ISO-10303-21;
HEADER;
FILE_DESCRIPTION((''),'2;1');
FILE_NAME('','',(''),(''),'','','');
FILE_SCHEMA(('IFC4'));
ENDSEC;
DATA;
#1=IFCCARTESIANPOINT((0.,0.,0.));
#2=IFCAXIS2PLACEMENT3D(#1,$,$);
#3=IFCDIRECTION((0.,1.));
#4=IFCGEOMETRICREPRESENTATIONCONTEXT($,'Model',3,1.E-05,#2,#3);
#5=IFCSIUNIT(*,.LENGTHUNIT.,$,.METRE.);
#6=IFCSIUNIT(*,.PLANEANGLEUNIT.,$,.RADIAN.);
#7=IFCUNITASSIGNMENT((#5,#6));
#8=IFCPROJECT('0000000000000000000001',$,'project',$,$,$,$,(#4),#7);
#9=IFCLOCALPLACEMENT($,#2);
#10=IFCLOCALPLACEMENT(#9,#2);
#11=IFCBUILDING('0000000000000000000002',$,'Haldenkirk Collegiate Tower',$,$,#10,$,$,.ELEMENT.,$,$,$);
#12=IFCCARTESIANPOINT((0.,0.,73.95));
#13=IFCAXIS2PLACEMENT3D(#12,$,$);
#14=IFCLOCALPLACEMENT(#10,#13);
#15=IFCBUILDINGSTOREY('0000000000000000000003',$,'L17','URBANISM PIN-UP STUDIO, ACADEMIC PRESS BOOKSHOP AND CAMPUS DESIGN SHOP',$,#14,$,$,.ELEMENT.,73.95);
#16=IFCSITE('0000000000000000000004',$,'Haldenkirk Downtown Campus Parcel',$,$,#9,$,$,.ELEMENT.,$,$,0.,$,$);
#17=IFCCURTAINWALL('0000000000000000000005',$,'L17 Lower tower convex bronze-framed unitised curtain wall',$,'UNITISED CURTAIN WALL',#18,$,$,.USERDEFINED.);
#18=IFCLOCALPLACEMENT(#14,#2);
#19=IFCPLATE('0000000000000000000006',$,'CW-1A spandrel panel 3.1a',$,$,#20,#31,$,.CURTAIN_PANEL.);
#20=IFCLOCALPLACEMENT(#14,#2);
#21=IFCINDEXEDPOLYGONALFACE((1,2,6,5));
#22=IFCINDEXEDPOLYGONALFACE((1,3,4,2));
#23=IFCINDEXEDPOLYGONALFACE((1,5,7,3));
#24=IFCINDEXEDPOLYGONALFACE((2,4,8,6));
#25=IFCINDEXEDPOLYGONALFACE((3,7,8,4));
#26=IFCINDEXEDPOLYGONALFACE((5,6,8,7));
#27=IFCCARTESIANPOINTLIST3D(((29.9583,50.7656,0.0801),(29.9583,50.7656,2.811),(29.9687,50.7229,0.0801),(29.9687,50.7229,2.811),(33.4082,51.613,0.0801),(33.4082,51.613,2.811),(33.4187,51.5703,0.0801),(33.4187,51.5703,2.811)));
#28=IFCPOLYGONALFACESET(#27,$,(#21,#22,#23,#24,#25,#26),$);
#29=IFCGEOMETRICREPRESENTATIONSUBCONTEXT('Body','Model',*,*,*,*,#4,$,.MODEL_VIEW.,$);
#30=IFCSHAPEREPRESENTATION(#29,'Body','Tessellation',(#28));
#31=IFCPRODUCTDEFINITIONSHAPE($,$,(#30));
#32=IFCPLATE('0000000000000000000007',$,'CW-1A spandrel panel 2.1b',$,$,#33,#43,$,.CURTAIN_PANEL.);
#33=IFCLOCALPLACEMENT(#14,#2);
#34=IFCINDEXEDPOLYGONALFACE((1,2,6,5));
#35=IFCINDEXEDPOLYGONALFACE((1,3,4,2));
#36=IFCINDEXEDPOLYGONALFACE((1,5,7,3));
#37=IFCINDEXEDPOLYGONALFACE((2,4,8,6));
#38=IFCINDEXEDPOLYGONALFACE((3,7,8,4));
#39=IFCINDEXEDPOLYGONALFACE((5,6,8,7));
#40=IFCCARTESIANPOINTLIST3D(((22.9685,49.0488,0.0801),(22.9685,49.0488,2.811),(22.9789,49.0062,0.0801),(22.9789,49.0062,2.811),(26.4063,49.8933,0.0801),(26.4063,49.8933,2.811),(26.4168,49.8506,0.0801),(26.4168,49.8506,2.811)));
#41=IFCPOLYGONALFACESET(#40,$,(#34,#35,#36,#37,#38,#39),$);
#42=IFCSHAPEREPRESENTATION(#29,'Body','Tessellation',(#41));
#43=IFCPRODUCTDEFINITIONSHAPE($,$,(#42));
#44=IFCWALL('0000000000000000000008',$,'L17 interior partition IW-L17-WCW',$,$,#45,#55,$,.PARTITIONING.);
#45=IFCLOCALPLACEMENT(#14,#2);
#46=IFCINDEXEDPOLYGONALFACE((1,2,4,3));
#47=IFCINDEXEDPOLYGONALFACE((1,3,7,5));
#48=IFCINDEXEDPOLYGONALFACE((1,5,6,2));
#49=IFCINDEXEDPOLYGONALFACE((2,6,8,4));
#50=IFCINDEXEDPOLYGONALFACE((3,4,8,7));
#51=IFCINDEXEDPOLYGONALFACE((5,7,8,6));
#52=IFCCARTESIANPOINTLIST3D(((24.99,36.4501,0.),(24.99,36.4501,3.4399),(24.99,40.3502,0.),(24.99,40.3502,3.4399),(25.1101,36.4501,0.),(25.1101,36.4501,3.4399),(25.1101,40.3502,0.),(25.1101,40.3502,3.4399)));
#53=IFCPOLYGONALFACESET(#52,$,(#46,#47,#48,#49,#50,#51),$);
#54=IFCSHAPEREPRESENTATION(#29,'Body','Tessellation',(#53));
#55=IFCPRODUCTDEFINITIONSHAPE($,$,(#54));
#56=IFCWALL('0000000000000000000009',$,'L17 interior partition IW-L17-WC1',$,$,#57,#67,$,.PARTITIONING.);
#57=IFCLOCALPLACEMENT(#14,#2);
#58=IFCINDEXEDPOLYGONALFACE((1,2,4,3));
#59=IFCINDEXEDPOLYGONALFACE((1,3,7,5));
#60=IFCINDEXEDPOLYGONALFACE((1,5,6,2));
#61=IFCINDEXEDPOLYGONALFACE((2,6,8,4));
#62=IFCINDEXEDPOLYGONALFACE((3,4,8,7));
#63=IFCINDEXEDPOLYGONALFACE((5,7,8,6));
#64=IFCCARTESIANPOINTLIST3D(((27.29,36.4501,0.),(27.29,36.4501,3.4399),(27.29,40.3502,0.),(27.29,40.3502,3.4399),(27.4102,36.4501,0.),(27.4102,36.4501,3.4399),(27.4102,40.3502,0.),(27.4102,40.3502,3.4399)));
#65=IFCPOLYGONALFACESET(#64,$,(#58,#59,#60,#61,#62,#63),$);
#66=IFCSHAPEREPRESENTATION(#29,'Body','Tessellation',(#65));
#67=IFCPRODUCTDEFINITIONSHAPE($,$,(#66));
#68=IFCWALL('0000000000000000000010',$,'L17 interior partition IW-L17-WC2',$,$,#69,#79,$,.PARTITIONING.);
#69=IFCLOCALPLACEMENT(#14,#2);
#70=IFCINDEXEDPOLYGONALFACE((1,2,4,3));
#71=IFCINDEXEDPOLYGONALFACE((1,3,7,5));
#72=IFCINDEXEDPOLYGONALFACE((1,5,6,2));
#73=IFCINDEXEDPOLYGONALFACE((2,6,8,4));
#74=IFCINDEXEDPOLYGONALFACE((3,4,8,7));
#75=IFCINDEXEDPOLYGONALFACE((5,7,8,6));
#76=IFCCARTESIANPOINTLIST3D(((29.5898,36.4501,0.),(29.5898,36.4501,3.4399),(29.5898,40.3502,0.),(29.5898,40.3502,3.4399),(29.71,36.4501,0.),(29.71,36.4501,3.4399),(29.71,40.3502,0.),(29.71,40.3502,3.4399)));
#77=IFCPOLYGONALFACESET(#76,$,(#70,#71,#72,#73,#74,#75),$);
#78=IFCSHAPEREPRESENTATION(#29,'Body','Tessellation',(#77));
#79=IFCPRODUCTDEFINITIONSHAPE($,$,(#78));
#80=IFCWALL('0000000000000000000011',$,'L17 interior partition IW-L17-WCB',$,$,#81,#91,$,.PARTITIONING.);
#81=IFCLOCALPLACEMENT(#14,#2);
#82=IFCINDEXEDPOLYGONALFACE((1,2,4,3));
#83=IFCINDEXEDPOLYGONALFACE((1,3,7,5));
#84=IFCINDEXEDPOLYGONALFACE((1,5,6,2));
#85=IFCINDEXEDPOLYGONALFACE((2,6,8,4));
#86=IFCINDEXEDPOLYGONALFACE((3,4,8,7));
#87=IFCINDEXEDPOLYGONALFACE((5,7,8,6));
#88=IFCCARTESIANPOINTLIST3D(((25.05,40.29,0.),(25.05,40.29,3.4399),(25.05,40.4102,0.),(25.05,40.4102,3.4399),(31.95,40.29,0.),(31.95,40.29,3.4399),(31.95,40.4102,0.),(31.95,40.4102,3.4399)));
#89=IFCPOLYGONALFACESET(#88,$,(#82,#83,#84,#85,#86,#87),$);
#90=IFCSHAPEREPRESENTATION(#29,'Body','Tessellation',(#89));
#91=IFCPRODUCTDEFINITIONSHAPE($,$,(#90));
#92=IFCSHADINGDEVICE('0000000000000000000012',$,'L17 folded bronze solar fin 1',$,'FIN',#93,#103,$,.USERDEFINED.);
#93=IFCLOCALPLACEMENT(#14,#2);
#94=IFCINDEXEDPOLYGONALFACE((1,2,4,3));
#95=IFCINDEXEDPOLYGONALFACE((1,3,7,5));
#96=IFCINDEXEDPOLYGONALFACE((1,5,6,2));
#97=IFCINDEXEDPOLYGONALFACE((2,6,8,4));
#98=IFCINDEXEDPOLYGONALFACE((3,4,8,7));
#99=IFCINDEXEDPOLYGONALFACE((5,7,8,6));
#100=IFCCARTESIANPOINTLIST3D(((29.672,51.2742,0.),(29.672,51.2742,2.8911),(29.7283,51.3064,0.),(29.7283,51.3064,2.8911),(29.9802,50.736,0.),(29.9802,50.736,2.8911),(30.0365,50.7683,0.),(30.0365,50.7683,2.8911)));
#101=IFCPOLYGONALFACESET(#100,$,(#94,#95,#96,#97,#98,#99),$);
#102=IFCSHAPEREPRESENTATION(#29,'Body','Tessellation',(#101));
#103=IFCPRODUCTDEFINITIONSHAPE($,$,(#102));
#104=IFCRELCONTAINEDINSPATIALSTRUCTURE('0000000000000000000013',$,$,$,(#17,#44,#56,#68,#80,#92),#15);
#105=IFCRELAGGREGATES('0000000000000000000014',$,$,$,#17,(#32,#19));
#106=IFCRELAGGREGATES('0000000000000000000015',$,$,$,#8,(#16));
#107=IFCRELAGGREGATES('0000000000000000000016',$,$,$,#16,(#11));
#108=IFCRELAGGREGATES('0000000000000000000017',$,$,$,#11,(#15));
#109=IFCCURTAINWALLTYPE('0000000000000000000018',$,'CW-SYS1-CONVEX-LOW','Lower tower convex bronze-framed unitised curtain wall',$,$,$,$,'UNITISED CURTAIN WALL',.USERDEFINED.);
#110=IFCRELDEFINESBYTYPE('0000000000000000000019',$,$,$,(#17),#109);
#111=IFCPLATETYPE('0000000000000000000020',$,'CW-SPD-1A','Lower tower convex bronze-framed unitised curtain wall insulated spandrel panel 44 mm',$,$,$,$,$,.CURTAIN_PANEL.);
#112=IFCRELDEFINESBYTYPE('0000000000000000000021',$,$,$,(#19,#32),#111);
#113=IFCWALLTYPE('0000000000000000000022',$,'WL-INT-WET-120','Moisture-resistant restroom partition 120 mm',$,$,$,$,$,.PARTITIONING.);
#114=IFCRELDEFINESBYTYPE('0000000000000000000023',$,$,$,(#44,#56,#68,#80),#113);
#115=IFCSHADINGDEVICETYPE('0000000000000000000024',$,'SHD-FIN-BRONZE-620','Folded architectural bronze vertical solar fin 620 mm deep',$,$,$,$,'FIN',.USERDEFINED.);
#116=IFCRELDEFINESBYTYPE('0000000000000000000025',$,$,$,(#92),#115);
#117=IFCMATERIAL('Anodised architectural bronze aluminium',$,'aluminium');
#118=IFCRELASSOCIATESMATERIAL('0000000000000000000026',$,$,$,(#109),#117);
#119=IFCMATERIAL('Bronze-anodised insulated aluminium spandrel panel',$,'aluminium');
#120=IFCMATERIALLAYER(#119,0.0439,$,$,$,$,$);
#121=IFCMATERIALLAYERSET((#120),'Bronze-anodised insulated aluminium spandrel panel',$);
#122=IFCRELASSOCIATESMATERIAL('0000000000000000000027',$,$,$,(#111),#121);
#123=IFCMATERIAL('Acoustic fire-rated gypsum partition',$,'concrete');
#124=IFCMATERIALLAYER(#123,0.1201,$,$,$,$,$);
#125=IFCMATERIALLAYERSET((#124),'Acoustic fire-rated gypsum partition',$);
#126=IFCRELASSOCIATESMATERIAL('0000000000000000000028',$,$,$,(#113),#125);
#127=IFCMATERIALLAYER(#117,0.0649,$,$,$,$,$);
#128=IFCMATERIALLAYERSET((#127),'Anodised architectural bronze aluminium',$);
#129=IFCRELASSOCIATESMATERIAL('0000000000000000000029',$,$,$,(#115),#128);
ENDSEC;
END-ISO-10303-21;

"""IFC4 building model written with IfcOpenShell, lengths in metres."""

from ifc_helpers import new_model, si_unit, direction, frame, frame_2d, origin, origin_2d, place, context, subcontext, project, spatial, rectangle, extrude, source, transform, mapped, material, layer, layer_set, type_object, element, aggregate, save


model = new_model("IFC4")

# Units and contexts
model_context = context("Model", 3, precision=1e-05, world=origin(), true_north=direction((0.0, 1.0)))
body_context = subcontext(model_context, "Body", "Model", "MODEL_VIEW")
ifc_project = project(units=[si_unit("LENGTHUNIT", "METRE"), si_unit("PLANEANGLEUNIT", "RADIAN")], contexts=[model_context])

# Site, building, storey
site_placement = place(None, origin())
site = spatial("IfcSite", under=ifc_project, at=site_placement, Name="Haldenkirk Downtown Campus Parcel", CompositionType="ELEMENT", RefElevation=0.0)
building_placement = place(site_placement, origin())
building = spatial("IfcBuilding", under=site, at=building_placement, Name="Haldenkirk Collegiate Tower", CompositionType="ELEMENT")
storey_placement = place(building_placement, frame((0.0, 0.0, 73.95)))
storey = spatial("IfcBuildingStorey", under=building, at=storey_placement, Name="L17", Description="URBANISM PIN-UP STUDIO, ACADEMIC PRESS BOOKSHOP AND CAMPUS DESIGN SHOP", CompositionType="ELEMENT", Elevation=73.95)

# Curtain wall
ifc_material_1 = material(Name="Anodised architectural bronze aluminium", Category="aluminium")
curtain_wall_type = type_object("IfcCurtainWallType", Name="CW-SYS1-CONVEX-LOW", Description="Lower tower convex bronze-framed unitised curtain wall", ElementType="UNITISED CURTAIN WALL", PredefinedType="USERDEFINED", material=ifc_material_1)
curtain_wall_placement = place(storey_placement, origin())
curtain_wall = element("IfcCurtainWall", 1, at=curtain_wall_placement, inside=storey, type_object=curtain_wall_type, Name="L17 Lower tower convex bronze-framed unitised curtain wall", ObjectType="UNITISED CURTAIN WALL", PredefinedType="USERDEFINED")

# Plates
ifc_material_2 = material(Name="Bronze-anodised insulated aluminium spandrel panel", Category="aluminium")
ifc_layer_1 = layer(ifc_material_2, 0.0439)
ifc_layer_set_1 = layer_set([ifc_layer_1], Name="Bronze-anodised insulated aluminium spandrel panel")
plate_type_1 = type_object("IfcPlateType", Name="CW-SPD-1A", Description="Lower tower convex bronze-framed unitised curtain wall insulated spandrel panel 44 mm", PredefinedType="CURTAIN_PANEL", material=ifc_layer_set_1)
shared_shape_1 = source(origin(), body_context, "Body", "SweptSolid", [
    extrude(rectangle(XDim=3.5525, YDim=0.0439, at=origin_2d()), origin(), (0.0, 0.0, 1.0), 2.731),
])
plate_1_placement = place(storey_placement, frame((31.6885, 51.168, 0.0801), z_axis=(0.0, 0.0, 1.0), x_axis=(0.971134, 0.238534, 0.0)))
plate_1 = element("IfcPlate", 2, at=plate_1_placement, type_object=plate_type_1, Name="CW-1A spandrel panel 3.1a", PredefinedType="CURTAIN_PANEL", context=body_context, shape_type="MappedRepresentation", body=[
    mapped(shared_shape_1, transform((0.0, 0.0, 0.0), x_axis=(1.0, 0.0, 0.0), y_axis=(0.0, 1.0, 0.0), z_axis=(0.0, 0.0, 1.0), scale=1.0)),
])
shared_shape_2 = source(origin(), body_context, "Body", "SweptSolid", [
    extrude(rectangle(XDim=3.54, YDim=0.0439, at=origin_2d()), origin(), (0.0, 0.0, 1.0), 2.731),
])
plate_2_placement = place(storey_placement, frame((24.6926, 49.4497, 0.0801), z_axis=(0.0, 0.0, 1.0), x_axis=(0.971134, 0.238534, 0.0)))
plate_2 = element("IfcPlate", 3, at=plate_2_placement, type_object=plate_type_1, Name="CW-1A spandrel panel 2.1b", PredefinedType="CURTAIN_PANEL", context=body_context, shape_type="MappedRepresentation", body=[
    mapped(shared_shape_2, transform((0.0, 0.0, 0.0), x_axis=(1.0, 0.0, 0.0), y_axis=(0.0, 1.0, 0.0), z_axis=(0.0, 0.0, 1.0), scale=1.0)),
])
aggregate(curtain_wall, [plate_2, plate_1])

# Shared definitions
ifc_material_3 = material(Name="Acoustic fire-rated gypsum partition", Category="concrete")

# Walls
ifc_layer_2 = layer(ifc_material_3, 0.1201)
ifc_layer_set_2 = layer_set([ifc_layer_2], Name="Acoustic fire-rated gypsum partition")
wall_type_1 = type_object("IfcWallType", Name="WL-INT-WET-120", Description="Moisture-resistant restroom partition 120 mm", PredefinedType="PARTITIONING", material=ifc_layer_set_2)
for number, where, z_axis, x_axis, name in (
    (4, (25.05, 36.45, 0.0), (0.0, 0.0, 1.0), (0.0, 1.0, 0.0), "L17 interior partition IW-L17-WCW"),
    (5, (27.3501, 36.45, 0.0), (0.0, 0.0, 1.0), (0.0, 1.0, 0.0), "L17 interior partition IW-L17-WC1"),
    (6, (29.6499, 36.45, 0.0), (0.0, 0.0, 1.0), (0.0, 1.0, 0.0), "L17 interior partition IW-L17-WC2"),
):
    element("IfcWall", number, at=place(storey_placement, frame(where, z_axis=z_axis, x_axis=x_axis)), inside=storey, type_object=wall_type_1, Name=name, PredefinedType="PARTITIONING", context=body_context, shape_type="SweptSolid", body=[
        extrude(rectangle(XDim=3.9001, YDim=0.1201, at=frame_2d((1.9502, 0.0))), origin(), (0.0, 0.0, 1.0), 3.4399),
    ])
wall_1_placement = place(storey_placement, frame((25.05, 40.3501, 0.0), z_axis=(0.0, 0.0, 1.0), x_axis=(1.0, 0.0, 0.0)))
element("IfcWall", 7, at=wall_1_placement, inside=storey, type_object=wall_type_1, Name="L17 interior partition IW-L17-WCB", PredefinedType="PARTITIONING", context=body_context, shape_type="SweptSolid", body=[
    extrude(rectangle(XDim=6.8999, YDim=0.1201, at=frame_2d((3.45, 0.0))), origin(), (0.0, 0.0, 1.0), 3.4399),
])

# Shading device
ifc_layer_3 = layer(ifc_material_1, 0.0649)
ifc_layer_set_3 = layer_set([ifc_layer_3], Name="Anodised architectural bronze aluminium")
shading_device_type = type_object("IfcShadingDeviceType", Name="SHD-FIN-BRONZE-620", Description="Folded architectural bronze vertical solar fin 620 mm deep", ElementType="FIN", PredefinedType="USERDEFINED", material=ifc_layer_set_3)
shared_shape_3 = source(origin(), body_context, "Body", "SweptSolid", [
    extrude(rectangle(XDim=0.6201, YDim=0.0649, at=origin_2d()), origin(), (0.0, 0.0, 1.0), 2.8911),
])
shading_device_placement = place(storey_placement, frame((29.8542, 51.0212, 0.0), z_axis=(0.0, 0.0, 1.0), x_axis=(-0.496974, 0.867765, 0.0)))
element("IfcShadingDevice", 8, at=shading_device_placement, inside=storey, type_object=shading_device_type, Name="L17 folded bronze solar fin 1", ObjectType="FIN", PredefinedType="USERDEFINED", context=body_context, shape_type="MappedRepresentation", body=[
    mapped(shared_shape_3, transform((0.0, 0.0, 0.0), x_axis=(1.0, 0.0, 0.0), y_axis=(0.0, 1.0, 0.0), z_axis=(0.0, 0.0, 1.0), scale=1.0)),
])

save(model, "model.ifc")
